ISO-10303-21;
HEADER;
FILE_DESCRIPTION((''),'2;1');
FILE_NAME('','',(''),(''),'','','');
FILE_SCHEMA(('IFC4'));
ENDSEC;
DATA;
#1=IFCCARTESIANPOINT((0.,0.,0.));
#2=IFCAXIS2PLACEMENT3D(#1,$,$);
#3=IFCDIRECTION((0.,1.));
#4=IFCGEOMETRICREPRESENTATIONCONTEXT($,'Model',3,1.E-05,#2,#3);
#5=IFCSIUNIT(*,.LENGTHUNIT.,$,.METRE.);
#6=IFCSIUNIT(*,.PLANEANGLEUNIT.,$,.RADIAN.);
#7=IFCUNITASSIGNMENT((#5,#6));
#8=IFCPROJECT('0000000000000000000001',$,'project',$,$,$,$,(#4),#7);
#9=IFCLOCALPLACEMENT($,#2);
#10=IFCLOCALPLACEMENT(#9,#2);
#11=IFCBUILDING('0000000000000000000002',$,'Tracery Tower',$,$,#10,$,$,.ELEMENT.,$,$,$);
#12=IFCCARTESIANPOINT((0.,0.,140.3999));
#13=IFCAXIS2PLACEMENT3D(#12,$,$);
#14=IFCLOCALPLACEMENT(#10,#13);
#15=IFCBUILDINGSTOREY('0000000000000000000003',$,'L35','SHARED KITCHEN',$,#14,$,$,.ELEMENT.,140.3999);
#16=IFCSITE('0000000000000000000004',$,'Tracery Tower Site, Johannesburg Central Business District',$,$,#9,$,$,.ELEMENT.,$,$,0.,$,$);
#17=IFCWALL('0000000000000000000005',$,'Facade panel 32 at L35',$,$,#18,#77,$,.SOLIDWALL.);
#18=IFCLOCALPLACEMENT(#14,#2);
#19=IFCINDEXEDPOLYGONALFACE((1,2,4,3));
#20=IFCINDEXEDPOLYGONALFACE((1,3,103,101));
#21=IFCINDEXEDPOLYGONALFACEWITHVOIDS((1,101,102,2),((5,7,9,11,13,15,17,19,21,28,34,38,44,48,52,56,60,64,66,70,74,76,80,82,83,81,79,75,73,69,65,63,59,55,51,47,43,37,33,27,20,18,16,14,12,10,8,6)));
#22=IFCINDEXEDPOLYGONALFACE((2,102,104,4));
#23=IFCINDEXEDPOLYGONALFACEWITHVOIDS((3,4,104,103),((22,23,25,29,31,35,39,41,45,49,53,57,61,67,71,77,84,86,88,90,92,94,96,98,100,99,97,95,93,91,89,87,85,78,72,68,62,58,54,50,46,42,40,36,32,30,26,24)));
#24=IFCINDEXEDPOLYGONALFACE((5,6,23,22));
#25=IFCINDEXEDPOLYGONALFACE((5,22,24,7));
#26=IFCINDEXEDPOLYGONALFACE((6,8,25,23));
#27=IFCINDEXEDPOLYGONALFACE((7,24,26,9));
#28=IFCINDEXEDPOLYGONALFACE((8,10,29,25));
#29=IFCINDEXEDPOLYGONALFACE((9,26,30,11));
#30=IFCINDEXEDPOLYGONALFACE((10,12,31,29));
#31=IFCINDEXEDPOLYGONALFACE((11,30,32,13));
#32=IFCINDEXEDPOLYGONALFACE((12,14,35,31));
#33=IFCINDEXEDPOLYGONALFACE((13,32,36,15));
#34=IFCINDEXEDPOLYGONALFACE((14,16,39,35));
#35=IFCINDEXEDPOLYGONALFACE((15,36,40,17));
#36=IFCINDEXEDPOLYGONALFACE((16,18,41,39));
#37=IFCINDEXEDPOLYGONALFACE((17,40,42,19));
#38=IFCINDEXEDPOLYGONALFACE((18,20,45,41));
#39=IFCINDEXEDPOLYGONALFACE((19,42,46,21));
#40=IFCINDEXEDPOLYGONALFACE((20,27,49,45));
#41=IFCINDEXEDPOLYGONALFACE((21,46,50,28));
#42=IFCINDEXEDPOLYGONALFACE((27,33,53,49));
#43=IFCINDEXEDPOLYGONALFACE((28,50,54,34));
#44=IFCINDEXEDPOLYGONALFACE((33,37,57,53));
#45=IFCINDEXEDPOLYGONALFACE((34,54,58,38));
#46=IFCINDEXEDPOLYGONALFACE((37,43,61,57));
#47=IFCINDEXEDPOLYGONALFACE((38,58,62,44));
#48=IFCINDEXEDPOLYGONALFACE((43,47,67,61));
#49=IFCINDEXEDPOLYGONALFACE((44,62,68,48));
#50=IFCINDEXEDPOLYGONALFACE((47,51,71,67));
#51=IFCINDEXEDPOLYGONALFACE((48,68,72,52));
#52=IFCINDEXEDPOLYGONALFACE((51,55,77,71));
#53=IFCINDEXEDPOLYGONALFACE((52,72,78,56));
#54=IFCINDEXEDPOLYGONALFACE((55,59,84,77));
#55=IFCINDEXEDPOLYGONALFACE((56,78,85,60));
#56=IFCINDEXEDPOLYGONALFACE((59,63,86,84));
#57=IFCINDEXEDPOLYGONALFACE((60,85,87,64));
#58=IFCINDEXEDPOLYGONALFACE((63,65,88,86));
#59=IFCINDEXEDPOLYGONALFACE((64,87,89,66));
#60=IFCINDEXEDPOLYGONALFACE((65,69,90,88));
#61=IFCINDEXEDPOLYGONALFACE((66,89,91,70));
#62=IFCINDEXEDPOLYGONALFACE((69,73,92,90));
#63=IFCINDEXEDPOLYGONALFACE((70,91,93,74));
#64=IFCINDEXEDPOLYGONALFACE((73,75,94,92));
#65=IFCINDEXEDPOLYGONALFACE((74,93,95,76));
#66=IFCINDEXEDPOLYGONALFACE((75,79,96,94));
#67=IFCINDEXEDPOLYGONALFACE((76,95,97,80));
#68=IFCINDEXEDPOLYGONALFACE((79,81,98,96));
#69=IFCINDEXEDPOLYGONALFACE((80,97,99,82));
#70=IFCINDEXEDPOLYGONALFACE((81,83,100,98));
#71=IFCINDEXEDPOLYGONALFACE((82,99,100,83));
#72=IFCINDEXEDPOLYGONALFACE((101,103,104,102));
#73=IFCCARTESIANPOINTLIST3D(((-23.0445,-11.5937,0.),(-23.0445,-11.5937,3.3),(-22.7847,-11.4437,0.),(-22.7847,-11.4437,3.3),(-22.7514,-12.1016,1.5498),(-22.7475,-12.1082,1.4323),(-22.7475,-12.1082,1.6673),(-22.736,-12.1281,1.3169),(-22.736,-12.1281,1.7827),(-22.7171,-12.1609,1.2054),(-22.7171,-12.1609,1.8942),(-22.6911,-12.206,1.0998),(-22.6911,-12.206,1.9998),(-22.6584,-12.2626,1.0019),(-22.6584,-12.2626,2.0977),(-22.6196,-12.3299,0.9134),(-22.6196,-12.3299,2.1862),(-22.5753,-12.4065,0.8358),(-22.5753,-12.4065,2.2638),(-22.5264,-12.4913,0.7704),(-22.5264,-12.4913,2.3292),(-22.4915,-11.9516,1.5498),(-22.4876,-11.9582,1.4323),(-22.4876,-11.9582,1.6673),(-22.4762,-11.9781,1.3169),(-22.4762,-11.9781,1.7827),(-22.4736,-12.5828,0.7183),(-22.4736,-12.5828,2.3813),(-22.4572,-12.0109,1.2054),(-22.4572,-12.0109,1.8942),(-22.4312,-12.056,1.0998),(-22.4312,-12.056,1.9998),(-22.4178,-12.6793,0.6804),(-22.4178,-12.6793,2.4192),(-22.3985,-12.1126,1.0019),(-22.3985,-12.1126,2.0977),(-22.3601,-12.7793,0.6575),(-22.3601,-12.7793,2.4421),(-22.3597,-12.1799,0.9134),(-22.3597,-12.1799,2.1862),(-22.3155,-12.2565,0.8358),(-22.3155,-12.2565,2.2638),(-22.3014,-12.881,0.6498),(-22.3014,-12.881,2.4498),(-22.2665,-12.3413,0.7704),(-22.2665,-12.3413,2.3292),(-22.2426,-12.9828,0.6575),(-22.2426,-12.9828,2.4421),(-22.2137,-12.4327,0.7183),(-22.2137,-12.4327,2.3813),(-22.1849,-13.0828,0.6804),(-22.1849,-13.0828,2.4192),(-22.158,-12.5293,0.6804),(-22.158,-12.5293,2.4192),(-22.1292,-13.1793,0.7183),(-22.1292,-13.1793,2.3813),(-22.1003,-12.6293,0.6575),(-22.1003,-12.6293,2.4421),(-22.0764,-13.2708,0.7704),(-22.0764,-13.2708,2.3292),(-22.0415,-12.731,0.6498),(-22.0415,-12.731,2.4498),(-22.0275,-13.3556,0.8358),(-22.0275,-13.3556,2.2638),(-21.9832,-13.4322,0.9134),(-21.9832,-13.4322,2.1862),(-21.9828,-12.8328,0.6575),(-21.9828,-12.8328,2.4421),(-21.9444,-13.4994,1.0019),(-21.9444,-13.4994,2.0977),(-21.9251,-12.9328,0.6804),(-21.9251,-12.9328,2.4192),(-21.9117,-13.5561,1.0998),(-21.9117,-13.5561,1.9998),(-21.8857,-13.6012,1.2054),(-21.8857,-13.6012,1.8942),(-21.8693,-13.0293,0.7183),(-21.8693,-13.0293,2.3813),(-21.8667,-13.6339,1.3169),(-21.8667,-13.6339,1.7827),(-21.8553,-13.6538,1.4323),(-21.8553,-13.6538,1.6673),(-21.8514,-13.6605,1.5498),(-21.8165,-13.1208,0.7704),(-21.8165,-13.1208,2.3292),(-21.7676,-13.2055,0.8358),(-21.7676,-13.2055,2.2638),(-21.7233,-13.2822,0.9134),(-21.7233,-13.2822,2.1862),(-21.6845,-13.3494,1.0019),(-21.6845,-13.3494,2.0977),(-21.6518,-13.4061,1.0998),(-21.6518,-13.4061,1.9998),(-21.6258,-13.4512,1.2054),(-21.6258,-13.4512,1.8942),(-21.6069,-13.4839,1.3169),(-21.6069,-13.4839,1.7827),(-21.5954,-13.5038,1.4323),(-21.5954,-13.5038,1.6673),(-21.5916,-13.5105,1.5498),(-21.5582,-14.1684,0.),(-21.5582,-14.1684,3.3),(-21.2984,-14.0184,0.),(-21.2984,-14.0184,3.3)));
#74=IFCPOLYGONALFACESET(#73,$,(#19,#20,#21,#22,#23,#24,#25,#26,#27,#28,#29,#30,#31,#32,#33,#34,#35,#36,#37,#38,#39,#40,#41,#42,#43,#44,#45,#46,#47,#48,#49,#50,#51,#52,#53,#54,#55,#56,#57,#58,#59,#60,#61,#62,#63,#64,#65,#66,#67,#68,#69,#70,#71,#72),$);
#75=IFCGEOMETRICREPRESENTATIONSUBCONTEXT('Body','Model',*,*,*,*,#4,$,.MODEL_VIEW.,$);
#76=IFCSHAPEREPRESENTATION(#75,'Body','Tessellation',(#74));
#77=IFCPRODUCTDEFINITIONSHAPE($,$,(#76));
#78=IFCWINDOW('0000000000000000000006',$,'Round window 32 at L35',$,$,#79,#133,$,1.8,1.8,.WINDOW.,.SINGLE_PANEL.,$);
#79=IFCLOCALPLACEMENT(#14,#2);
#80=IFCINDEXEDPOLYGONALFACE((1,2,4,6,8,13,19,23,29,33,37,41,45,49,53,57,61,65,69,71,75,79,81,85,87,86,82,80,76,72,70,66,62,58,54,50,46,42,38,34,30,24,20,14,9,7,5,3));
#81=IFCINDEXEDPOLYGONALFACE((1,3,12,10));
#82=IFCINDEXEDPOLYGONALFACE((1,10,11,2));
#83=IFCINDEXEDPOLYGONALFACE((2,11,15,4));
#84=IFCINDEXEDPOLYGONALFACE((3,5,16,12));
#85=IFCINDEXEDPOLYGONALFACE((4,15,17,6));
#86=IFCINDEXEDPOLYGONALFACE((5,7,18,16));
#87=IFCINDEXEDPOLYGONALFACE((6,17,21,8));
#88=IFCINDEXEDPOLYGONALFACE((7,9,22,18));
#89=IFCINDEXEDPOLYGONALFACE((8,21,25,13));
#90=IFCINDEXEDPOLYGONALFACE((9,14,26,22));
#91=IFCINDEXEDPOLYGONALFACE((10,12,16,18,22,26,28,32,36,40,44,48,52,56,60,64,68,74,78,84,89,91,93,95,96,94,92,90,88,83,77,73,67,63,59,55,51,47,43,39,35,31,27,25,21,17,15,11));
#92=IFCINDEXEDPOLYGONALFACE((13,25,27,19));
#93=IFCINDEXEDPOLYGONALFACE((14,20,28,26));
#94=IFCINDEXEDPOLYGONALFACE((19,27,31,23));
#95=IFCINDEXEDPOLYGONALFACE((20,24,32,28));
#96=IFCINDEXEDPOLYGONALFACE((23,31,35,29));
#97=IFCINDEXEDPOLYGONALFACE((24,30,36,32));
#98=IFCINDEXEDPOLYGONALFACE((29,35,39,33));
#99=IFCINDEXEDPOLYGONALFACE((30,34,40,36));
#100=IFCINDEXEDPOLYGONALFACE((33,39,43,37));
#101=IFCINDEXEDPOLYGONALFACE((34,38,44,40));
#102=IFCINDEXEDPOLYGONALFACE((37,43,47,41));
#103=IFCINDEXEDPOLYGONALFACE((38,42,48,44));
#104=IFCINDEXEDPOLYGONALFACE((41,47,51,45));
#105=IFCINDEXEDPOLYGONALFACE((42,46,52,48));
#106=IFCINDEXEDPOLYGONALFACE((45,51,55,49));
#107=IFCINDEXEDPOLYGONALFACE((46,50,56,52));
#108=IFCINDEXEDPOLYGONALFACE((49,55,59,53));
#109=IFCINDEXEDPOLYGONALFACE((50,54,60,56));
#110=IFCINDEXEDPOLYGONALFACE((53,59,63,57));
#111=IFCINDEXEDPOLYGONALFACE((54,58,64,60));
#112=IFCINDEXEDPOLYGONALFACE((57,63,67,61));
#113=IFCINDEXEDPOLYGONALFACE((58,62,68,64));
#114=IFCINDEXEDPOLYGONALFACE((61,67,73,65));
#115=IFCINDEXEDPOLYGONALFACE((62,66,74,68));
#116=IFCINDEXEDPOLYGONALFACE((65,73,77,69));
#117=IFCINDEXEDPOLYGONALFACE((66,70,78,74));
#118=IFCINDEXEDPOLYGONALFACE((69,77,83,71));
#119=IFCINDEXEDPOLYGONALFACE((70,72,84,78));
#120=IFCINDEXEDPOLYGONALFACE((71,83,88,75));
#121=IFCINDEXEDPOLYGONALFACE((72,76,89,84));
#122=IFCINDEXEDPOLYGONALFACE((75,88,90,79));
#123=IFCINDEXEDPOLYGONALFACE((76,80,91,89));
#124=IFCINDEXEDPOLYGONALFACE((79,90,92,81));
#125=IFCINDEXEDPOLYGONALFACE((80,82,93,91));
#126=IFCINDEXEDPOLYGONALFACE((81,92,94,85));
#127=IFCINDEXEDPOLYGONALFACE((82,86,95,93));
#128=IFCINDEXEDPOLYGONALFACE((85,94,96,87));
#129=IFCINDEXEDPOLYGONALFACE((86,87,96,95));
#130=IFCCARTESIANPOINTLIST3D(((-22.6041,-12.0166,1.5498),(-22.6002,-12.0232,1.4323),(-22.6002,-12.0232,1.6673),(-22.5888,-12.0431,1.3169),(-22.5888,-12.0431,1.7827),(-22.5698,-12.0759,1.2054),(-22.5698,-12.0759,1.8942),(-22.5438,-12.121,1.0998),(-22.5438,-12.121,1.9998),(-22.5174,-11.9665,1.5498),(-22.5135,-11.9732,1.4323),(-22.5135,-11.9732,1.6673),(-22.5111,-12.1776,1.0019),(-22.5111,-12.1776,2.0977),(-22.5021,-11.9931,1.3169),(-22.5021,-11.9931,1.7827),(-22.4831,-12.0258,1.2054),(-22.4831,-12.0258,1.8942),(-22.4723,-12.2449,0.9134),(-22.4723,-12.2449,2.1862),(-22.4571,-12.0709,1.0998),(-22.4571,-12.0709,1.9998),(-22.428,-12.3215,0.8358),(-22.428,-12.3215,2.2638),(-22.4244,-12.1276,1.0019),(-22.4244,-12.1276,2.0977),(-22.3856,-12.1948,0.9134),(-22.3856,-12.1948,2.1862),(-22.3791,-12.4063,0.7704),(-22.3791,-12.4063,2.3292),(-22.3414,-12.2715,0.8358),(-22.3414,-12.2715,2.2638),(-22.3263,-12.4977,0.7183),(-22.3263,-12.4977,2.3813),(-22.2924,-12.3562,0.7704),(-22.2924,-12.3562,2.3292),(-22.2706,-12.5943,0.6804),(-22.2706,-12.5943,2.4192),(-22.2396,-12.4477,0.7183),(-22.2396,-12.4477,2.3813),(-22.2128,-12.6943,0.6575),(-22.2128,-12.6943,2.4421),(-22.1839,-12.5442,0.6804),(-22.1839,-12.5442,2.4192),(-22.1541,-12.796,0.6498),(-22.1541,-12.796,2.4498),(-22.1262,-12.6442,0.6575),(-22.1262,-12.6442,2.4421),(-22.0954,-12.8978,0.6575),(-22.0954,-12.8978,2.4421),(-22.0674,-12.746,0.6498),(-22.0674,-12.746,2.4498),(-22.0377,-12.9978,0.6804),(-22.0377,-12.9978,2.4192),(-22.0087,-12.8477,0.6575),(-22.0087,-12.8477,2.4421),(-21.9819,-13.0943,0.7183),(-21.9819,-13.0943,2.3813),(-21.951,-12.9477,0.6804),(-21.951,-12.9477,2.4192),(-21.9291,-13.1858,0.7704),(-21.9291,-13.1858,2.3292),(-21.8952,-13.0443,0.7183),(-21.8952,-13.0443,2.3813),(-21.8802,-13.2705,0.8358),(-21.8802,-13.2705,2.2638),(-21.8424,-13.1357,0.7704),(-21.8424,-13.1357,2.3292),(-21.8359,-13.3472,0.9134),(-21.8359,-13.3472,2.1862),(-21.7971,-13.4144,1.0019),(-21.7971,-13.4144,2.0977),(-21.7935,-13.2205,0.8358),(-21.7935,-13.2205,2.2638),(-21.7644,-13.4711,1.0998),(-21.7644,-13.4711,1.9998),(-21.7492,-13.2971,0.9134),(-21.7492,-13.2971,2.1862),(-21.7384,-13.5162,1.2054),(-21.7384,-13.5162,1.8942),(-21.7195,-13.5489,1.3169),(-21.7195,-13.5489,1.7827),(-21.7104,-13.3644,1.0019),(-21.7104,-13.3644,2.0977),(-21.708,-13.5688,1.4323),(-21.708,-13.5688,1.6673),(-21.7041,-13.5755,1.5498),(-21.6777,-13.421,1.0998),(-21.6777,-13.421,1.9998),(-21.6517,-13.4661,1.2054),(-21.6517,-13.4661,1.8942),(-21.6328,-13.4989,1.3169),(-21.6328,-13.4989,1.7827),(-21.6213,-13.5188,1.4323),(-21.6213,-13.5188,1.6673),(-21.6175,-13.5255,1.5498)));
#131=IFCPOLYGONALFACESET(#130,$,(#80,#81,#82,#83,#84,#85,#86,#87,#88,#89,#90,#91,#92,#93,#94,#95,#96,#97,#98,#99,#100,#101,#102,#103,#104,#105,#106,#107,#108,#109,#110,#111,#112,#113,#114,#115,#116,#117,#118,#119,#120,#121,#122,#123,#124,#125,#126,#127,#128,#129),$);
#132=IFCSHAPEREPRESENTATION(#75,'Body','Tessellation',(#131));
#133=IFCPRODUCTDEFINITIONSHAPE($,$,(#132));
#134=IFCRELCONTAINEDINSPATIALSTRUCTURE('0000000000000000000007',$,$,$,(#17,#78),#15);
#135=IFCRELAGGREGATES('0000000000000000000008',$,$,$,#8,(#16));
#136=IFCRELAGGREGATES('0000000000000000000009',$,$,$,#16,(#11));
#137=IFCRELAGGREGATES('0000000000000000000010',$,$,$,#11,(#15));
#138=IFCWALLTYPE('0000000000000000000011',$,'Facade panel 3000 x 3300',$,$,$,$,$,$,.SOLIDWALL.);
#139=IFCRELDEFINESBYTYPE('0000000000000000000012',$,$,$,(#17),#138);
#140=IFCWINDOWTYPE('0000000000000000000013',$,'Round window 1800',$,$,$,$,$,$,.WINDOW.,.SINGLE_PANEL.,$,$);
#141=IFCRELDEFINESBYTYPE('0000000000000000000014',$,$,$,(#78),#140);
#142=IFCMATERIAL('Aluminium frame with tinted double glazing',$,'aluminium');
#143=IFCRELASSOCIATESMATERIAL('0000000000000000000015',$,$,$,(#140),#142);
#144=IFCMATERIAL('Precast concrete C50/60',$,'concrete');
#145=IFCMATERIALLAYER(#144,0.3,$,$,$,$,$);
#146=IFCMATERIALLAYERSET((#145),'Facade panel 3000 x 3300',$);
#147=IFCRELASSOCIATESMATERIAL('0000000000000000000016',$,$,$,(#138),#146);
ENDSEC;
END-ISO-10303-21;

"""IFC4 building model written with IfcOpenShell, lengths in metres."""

from ifc_helpers import new_model, si_unit, direction, frame, frame_2d, origin, origin_2d, place, context, subcontext, project, spatial, rectangle, circle, extrude, material, layer, layer_set, type_object, element, fill, save


model = new_model("IFC4")

# Units and contexts
model_context = context("Model", 3, precision=1e-05, world=origin(), true_north=direction((0.0, 1.0)))
body_context = subcontext(model_context, "Body", "Model", "MODEL_VIEW")
ifc_project = project(units=[si_unit("LENGTHUNIT", "METRE"), si_unit("PLANEANGLEUNIT", "RADIAN")], contexts=[model_context])

# Site, building, storey
site_placement = place(None, origin())
site = spatial("IfcSite", under=ifc_project, at=site_placement, Name="Tracery Tower Site, Johannesburg Central Business District", CompositionType="ELEMENT", RefElevation=0.0)
building_placement = place(site_placement, origin())
building = spatial("IfcBuilding", under=site, at=building_placement, Name="Tracery Tower", CompositionType="ELEMENT")
storey_placement = place(building_placement, frame((0.0, 0.0, 140.3999)))
storey = spatial("IfcBuildingStorey", under=building, at=storey_placement, Name="L35", Description="SHARED KITCHEN", CompositionType="ELEMENT", Elevation=140.3999)

# Wall, opening, window
ifc_material_1 = material(Name="Aluminium frame with tinted double glazing", Category="aluminium")
window_type = type_object("IfcWindowType", Name="Round window 1800", PartitioningType="SINGLE_PANEL", PredefinedType="WINDOW", material=ifc_material_1)
ifc_material_2 = material(Name="Precast concrete C50/60", Category="concrete")
ifc_layer_1 = layer(ifc_material_2, 0.3)
ifc_layer_set_1 = layer_set([ifc_layer_1], Name="Facade panel 3000 x 3300")
wall_type_1 = type_object("IfcWallType", Name="Facade panel 3000 x 3300", PredefinedType="SOLIDWALL", material=ifc_layer_set_1)
wall_1_placement = place(storey_placement, frame((-22.9146, -11.5188, 0.0), z_axis=(0.0, 0.0, 1.0), x_axis=(0.499955, -0.866052, 0.0)))
wall_1 = element("IfcWall", 1, at=wall_1_placement, inside=storey, type_object=wall_type_1, Name="Facade panel 32 at L35", PredefinedType="SOLIDWALL", context=body_context, shape_type="SweptSolid", body=[
    extrude(rectangle(XDim=2.9729, YDim=0.3, at=frame_2d((1.4863, 0.0))), origin(), (0.0, 0.0, 1.0), 3.3),
])
opening_1_placement = place(wall_1_placement, frame((1.4863, 0.0, 1.5498)))
opening_1 = element("IfcOpeningElement", 2, at=opening_1_placement, cuts=wall_1, PredefinedType="OPENING", context=body_context, shape_type="SweptSolid", body=[
    extrude(circle(Radius=0.9, at=origin_2d()), frame((0.0, 0.1599, 0.0), z_axis=(0.0, -1.0, 0.0), x_axis=(1.0, 0.0, 0.0)), (0.0, 0.0, 1.0), 0.3201),
])
window_1_placement = place(opening_1_placement, origin())
window_1 = element("IfcWindow", 3, at=window_1_placement, inside=storey, type_object=window_type, Name="Round window 32 at L35", OverallHeight=1.8, OverallWidth=1.8, PartitioningType="SINGLE_PANEL", PredefinedType="WINDOW", context=body_context, shape_type="SweptSolid", body=[
    extrude(circle(Radius=0.9, at=origin_2d()), frame((0.0, 0.1201, 0.0), z_axis=(0.0, -1.0, 0.0), x_axis=(1.0, 0.0, 0.0)), (0.0, 0.0, 1.0), 0.1001),
])
fill(opening_1, window_1)

save(model, "model.ifc")
